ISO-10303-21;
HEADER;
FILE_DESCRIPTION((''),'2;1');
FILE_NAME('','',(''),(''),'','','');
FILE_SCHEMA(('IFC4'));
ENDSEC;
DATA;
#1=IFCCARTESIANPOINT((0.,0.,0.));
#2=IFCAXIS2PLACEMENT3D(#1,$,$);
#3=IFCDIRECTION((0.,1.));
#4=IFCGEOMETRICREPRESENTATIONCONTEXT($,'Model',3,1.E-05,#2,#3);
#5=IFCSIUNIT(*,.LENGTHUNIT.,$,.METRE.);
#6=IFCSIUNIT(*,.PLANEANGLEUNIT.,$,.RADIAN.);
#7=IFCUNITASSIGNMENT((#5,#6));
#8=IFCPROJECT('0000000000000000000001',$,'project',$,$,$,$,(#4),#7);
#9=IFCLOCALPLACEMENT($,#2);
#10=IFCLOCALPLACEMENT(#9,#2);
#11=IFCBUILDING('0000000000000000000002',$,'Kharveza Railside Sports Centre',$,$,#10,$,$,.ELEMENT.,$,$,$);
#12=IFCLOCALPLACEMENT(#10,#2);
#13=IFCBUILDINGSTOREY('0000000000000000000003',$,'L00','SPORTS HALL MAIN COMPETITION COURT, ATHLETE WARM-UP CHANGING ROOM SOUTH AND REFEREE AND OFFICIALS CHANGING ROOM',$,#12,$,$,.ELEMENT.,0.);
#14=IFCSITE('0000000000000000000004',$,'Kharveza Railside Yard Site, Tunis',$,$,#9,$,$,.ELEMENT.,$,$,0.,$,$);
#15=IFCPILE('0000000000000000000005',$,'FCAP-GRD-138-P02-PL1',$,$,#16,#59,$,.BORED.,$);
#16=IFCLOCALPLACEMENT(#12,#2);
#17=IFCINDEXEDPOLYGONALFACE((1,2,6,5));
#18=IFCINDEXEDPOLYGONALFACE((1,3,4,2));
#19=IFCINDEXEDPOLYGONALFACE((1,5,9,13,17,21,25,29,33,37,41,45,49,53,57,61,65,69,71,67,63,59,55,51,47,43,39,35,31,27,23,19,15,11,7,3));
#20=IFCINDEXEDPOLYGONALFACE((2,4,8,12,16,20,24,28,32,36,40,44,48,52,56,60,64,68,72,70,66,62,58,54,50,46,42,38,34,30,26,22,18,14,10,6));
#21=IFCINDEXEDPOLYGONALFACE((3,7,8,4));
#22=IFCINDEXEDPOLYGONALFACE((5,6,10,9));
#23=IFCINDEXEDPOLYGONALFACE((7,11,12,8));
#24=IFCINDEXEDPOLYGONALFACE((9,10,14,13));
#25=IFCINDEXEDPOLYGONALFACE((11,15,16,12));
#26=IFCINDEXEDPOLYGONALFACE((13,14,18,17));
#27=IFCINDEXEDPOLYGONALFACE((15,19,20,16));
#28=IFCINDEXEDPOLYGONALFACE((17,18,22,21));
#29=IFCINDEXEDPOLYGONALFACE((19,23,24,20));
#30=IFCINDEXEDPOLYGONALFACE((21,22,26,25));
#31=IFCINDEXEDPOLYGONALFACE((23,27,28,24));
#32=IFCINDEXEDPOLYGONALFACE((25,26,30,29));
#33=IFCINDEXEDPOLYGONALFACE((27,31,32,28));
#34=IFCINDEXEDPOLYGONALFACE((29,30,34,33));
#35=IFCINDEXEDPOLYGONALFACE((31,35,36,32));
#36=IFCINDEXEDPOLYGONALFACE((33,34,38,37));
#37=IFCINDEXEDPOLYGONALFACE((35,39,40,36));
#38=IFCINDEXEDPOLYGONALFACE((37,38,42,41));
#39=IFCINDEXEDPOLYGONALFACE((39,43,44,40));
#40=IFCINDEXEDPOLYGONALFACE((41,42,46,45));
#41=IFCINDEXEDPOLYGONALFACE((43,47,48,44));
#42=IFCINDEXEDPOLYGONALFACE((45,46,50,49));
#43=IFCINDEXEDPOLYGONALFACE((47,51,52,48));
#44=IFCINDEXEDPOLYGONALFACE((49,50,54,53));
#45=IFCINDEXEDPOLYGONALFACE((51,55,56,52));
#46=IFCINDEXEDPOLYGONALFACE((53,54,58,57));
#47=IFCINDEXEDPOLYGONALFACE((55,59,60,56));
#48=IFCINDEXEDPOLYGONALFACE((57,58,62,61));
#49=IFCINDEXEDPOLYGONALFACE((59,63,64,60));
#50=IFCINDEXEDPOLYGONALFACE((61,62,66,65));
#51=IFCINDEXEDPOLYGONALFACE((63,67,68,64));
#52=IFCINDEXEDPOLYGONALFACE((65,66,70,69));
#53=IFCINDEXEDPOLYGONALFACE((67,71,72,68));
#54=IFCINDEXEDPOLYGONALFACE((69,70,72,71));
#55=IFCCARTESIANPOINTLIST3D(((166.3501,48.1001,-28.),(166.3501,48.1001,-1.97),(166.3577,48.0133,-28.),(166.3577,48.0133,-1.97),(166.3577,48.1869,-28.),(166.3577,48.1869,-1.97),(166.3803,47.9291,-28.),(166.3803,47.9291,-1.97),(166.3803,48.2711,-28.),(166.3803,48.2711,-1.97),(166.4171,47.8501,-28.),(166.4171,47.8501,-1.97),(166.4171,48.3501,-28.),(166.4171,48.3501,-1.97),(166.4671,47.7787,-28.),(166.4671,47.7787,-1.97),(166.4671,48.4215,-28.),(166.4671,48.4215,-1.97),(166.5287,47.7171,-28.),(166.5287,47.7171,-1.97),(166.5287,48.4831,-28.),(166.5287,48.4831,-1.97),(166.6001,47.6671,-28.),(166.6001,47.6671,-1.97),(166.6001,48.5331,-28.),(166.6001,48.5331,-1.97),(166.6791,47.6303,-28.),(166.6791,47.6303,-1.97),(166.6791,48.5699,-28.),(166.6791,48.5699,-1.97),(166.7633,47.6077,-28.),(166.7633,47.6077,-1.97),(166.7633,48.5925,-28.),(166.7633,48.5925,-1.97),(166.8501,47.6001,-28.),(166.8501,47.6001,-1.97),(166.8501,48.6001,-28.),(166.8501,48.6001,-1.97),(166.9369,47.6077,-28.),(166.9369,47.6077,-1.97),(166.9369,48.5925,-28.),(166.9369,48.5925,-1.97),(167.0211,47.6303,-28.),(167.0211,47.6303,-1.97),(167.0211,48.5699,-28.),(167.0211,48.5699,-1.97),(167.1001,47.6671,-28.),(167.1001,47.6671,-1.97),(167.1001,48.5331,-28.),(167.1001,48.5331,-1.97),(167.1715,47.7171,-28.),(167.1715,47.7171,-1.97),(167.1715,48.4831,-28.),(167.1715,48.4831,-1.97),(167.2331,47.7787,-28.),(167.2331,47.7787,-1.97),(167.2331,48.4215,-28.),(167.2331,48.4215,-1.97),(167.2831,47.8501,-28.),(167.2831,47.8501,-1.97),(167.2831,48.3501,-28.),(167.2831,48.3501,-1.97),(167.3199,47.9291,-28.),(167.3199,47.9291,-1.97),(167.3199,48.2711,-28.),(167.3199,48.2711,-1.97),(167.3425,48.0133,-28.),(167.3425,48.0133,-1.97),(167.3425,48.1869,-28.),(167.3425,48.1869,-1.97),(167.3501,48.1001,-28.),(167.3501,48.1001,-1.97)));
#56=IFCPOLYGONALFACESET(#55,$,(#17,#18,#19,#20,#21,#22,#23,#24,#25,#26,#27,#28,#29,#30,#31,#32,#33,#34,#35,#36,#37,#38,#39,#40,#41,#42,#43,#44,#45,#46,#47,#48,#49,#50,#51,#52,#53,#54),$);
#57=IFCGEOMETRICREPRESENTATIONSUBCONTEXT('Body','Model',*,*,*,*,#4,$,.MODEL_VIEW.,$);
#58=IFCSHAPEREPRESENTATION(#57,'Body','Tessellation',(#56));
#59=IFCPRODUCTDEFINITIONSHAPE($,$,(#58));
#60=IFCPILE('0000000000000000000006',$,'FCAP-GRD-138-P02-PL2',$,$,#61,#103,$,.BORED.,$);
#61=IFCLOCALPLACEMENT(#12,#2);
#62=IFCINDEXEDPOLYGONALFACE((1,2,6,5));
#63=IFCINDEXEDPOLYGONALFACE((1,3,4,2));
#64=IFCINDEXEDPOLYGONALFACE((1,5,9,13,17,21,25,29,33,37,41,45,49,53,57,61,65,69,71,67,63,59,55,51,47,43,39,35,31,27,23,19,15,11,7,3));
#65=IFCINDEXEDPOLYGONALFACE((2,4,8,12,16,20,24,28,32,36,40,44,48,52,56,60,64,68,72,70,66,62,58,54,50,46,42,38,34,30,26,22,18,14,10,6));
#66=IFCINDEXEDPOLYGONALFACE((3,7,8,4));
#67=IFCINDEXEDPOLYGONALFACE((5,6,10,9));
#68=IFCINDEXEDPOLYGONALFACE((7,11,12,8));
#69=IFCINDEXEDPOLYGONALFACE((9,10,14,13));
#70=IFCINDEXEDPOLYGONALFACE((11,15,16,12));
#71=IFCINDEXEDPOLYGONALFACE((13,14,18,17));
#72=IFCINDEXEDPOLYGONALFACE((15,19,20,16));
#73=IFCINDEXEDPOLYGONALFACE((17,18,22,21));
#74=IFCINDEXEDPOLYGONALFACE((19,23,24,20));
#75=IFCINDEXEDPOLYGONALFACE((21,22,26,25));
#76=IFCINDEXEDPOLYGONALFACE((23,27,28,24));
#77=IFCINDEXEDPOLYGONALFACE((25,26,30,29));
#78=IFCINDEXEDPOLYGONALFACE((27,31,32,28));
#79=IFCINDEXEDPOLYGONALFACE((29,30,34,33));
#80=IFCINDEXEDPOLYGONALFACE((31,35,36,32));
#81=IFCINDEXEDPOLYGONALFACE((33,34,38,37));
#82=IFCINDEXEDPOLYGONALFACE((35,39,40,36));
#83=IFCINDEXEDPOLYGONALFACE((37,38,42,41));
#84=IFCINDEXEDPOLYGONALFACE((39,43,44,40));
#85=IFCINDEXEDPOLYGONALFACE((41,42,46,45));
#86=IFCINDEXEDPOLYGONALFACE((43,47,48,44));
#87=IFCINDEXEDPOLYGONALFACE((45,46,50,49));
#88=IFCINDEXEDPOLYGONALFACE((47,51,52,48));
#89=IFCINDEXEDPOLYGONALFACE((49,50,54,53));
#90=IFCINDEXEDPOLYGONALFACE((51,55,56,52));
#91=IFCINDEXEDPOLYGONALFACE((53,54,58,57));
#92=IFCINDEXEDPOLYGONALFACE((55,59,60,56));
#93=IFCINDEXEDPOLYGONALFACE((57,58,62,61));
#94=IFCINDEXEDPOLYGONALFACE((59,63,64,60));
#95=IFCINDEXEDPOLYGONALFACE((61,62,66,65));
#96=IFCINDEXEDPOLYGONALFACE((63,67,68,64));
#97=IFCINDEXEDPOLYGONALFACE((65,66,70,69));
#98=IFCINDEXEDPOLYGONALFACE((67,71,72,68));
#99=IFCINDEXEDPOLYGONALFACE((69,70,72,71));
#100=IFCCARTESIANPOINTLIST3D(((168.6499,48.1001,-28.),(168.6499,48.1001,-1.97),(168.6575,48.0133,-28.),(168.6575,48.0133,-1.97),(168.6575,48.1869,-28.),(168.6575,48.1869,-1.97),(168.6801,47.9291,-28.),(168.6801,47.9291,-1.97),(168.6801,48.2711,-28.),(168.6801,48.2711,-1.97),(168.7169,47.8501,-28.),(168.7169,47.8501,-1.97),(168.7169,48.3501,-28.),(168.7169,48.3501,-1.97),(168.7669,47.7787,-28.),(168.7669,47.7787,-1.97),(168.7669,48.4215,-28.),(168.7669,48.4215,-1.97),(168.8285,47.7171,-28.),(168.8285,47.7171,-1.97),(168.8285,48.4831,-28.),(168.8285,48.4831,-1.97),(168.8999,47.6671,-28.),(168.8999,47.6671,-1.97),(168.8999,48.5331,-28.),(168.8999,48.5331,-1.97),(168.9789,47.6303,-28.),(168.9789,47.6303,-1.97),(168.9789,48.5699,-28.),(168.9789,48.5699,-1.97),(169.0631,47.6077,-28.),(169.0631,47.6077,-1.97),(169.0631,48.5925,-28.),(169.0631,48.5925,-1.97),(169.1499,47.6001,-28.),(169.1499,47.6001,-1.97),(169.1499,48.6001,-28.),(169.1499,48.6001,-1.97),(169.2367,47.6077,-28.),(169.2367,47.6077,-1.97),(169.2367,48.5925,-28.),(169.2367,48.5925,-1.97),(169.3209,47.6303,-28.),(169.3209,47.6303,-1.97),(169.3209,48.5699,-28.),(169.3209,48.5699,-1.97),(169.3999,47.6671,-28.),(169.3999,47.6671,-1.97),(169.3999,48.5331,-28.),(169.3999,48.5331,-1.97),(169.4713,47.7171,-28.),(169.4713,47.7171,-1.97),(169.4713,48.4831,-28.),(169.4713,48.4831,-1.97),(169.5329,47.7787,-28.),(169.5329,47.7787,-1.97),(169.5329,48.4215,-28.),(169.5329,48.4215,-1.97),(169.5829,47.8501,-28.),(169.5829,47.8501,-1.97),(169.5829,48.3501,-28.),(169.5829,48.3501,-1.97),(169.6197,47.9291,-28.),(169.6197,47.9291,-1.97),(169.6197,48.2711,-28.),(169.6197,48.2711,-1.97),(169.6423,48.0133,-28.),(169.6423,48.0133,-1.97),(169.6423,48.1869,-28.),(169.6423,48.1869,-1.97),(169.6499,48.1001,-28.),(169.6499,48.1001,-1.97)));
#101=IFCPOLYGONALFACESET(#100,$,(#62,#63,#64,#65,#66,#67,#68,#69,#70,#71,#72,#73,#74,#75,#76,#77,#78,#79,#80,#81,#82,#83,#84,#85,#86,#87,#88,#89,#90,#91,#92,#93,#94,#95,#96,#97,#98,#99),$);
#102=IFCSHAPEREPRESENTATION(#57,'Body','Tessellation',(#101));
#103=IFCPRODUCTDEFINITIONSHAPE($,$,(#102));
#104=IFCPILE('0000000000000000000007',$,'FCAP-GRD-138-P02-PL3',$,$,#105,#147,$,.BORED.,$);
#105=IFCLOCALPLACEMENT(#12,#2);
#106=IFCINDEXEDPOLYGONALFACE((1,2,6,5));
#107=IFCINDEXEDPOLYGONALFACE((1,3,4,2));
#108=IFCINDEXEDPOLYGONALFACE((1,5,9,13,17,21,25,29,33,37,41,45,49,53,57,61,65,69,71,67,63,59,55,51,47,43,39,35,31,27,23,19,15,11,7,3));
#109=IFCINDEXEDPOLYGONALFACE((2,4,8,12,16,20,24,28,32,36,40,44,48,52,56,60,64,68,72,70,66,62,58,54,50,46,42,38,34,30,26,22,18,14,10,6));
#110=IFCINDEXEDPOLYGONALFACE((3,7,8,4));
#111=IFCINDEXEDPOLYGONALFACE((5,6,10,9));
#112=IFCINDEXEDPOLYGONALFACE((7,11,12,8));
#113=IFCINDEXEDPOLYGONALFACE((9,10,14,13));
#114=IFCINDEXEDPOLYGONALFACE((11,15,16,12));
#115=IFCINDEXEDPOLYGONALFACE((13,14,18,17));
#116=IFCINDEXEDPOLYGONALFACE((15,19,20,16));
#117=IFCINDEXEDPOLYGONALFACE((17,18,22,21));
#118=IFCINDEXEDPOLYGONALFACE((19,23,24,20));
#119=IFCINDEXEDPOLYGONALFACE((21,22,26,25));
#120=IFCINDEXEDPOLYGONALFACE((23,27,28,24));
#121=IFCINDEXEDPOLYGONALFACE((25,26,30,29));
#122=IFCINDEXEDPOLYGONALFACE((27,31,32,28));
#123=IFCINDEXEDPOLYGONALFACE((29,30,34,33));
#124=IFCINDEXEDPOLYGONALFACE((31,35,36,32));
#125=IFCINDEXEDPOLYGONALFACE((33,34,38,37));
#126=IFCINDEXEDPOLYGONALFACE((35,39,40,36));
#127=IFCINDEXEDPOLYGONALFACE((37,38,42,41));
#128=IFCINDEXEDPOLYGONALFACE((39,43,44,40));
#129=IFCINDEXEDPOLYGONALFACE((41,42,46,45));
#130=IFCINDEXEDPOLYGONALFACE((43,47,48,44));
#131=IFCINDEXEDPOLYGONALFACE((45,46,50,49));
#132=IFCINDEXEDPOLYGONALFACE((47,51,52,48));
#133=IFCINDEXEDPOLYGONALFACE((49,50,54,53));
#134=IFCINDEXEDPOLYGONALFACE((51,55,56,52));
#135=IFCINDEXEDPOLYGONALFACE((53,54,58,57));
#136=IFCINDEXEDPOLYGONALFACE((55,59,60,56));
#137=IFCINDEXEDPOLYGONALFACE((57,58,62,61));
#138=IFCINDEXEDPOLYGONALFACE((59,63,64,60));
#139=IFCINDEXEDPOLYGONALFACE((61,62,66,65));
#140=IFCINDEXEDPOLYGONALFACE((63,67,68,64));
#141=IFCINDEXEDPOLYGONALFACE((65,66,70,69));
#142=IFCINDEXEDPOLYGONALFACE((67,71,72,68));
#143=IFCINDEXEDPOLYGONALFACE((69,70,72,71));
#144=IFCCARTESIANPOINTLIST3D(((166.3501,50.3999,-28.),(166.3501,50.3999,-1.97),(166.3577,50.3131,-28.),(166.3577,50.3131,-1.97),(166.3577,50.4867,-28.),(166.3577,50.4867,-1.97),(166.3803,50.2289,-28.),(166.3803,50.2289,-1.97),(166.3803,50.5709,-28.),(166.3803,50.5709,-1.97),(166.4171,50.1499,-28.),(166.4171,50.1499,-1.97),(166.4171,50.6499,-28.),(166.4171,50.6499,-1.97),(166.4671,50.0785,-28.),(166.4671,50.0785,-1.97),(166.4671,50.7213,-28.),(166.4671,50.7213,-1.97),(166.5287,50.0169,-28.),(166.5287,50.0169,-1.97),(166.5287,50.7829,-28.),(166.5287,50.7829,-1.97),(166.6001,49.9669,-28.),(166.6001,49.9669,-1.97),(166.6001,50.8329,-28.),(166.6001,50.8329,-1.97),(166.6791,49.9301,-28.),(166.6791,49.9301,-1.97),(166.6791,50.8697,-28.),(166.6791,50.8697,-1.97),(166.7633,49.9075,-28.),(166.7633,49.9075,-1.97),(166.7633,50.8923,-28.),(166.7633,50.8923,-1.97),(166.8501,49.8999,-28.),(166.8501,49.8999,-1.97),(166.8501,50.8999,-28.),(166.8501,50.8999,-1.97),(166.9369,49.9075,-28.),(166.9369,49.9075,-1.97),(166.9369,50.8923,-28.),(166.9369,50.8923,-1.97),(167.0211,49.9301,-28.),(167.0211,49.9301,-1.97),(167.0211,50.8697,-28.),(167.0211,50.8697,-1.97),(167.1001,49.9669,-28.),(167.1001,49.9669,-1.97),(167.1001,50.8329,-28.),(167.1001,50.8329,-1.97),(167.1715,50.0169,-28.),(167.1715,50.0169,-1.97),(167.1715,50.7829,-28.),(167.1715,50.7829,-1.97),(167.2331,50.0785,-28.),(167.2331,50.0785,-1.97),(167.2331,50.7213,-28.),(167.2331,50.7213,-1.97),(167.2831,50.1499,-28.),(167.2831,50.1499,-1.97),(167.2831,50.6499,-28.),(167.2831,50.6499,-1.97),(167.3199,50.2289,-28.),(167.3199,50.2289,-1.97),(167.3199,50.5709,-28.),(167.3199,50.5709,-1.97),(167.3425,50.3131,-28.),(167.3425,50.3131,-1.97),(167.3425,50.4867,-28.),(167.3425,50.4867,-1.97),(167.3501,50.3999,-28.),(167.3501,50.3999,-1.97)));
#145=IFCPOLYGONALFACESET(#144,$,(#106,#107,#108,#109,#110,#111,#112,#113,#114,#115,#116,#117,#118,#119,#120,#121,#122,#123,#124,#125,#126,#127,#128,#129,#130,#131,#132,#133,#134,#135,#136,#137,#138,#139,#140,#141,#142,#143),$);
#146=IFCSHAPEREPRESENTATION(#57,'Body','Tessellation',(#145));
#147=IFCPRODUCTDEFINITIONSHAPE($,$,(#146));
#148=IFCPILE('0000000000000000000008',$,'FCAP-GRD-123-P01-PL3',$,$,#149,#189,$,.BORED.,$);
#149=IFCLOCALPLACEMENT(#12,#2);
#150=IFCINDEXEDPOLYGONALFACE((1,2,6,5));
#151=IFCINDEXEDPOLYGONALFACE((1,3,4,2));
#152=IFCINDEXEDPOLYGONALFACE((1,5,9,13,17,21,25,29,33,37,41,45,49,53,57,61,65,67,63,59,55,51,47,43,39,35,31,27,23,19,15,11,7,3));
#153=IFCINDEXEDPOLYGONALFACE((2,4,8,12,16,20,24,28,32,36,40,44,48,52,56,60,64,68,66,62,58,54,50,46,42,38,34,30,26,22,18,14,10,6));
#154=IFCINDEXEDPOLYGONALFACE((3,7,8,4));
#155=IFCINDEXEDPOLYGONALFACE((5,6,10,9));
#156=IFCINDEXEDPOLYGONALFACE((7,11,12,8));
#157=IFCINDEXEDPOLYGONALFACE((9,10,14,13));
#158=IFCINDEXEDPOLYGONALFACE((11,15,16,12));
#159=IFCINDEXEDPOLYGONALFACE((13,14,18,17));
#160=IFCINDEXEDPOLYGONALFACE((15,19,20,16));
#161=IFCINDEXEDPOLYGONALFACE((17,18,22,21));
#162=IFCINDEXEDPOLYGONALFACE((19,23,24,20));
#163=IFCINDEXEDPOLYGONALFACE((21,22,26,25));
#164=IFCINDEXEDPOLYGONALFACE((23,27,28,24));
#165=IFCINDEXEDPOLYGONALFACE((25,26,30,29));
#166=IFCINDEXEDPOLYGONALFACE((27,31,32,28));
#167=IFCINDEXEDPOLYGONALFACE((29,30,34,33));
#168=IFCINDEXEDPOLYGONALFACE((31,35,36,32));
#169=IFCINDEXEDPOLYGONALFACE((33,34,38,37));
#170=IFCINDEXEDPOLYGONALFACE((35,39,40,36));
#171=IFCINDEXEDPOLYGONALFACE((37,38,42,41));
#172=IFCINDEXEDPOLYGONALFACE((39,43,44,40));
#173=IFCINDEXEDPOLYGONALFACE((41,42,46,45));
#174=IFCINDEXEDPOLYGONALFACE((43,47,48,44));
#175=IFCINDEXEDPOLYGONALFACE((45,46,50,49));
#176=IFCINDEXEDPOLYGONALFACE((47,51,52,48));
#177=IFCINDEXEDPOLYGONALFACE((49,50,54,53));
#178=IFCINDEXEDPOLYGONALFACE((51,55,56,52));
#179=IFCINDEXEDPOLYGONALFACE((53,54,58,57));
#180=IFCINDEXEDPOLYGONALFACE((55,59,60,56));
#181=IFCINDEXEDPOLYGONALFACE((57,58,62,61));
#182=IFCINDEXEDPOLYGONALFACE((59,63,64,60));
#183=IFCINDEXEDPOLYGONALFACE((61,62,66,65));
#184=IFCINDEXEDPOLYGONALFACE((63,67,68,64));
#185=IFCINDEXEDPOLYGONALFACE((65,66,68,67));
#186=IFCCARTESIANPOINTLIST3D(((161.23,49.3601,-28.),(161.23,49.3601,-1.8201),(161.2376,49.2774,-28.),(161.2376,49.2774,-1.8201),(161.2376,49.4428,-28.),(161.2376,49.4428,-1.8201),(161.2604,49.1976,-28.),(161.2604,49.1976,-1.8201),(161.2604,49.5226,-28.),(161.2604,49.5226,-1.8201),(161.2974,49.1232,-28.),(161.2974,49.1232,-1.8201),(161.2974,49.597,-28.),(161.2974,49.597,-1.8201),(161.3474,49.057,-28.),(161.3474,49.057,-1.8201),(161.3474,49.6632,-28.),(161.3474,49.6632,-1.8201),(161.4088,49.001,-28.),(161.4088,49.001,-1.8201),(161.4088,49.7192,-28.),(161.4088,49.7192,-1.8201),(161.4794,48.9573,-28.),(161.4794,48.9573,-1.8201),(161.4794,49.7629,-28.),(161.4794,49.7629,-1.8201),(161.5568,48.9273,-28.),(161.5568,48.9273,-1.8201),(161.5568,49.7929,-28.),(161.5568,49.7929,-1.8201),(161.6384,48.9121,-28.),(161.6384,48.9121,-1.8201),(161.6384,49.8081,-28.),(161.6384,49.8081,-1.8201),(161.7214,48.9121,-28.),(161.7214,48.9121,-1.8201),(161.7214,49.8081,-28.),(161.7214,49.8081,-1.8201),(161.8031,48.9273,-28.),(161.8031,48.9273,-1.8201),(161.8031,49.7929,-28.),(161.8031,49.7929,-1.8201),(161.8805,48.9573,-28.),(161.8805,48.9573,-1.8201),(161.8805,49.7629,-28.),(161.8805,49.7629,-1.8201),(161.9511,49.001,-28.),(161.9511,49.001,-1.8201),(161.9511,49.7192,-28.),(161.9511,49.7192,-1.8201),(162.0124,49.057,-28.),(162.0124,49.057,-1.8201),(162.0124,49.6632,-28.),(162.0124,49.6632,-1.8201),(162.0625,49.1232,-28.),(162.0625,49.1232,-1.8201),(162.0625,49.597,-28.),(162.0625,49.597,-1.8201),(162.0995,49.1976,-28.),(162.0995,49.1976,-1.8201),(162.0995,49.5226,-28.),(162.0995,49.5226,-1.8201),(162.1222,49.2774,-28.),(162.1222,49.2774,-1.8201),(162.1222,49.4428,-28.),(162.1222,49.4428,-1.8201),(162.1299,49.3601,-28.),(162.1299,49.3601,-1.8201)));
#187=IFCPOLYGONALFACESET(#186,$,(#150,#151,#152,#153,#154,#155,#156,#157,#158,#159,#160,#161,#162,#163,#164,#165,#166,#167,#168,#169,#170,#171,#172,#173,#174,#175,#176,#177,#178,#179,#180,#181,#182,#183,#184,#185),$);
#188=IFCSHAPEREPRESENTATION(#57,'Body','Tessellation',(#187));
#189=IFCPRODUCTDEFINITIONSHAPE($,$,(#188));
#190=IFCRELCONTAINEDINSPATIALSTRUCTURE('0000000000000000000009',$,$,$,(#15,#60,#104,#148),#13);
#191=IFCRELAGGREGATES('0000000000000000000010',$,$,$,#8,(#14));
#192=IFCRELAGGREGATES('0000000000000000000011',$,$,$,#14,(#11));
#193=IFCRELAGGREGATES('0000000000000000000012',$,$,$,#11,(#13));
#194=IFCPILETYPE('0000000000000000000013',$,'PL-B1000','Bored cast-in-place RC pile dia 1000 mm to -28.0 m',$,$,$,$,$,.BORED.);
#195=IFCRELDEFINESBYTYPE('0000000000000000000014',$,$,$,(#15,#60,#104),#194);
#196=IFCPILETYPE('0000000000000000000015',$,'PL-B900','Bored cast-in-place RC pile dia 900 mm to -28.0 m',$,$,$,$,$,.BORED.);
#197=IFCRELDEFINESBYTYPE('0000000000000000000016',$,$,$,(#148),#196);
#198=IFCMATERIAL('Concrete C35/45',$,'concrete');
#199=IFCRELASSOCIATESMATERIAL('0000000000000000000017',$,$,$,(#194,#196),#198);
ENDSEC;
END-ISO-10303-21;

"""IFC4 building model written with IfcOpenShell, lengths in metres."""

from ifc_helpers import new_model, si_unit, direction, frame, origin, origin_2d, place, context, subcontext, project, spatial, circle, extrude, material, material_profile, profile_set, type_object, element, save


model = new_model("IFC4")

# Units and contexts
model_context = context("Model", 3, precision=1e-05, world=origin(), true_north=direction((0.0, 1.0)))
body_context = subcontext(model_context, "Body", "Model", "MODEL_VIEW")
ifc_project = project(units=[si_unit("LENGTHUNIT", "METRE"), si_unit("PLANEANGLEUNIT", "RADIAN")], contexts=[model_context])

# Site, building, storey
site_placement = place(None, origin())
site = spatial("IfcSite", under=ifc_project, at=site_placement, Name="Kharveza Railside Yard Site, Tunis", CompositionType="ELEMENT", RefElevation=0.0)
building_placement = place(site_placement, origin())
building = spatial("IfcBuilding", under=site, at=building_placement, Name="Kharveza Railside Sports Centre", CompositionType="ELEMENT")
storey_placement = place(building_placement, origin())
storey = spatial("IfcBuildingStorey", under=building, at=storey_placement, Name="L00", Description="SPORTS HALL MAIN COMPETITION COURT, ATHLETE WARM-UP CHANGING ROOM SOUTH AND REFEREE AND OFFICIALS CHANGING ROOM", CompositionType="ELEMENT", Elevation=0.0)

# Shared definitions
ifc_material_1 = material(Name="Concrete C35/45", Category="concrete")

# Piles
ifc_material_profile_1 = material_profile(ifc_material_1, circle(Radius=0.5, at=origin_2d()), Name="PILE D1000")
ifc_profile_set_1 = profile_set([ifc_material_profile_1], Name="Concrete C35/45")
pile_type_1 = type_object("IfcPileType", Name="PL-B1000", Description="Bored cast-in-place RC pile dia 1000 mm to -28.0 m", PredefinedType="BORED", material=ifc_profile_set_1)
for number, where, z_axis, x_axis, name in (
    (1, (166.8501, 48.1001, -1.97), (0.0, 0.0, -1.0), (1.0, 0.0, 0.0), "FCAP-GRD-138-P02-PL1"),
    (2, (169.1499, 48.1001, -1.97), (0.0, 0.0, -1.0), (1.0, 0.0, 0.0), "FCAP-GRD-138-P02-PL2"),
    (3, (166.8501, 50.3999, -1.97), (0.0, 0.0, -1.0), (1.0, 0.0, 0.0), "FCAP-GRD-138-P02-PL3"),
):
    element("IfcPile", number, at=place(storey_placement, frame(where, z_axis=z_axis, x_axis=x_axis)), inside=storey, type_object=pile_type_1, Name=name, PredefinedType="BORED", context=body_context, shape_type="SweptSolid", body=[
        extrude(circle(Radius=0.5, at=origin_2d()), origin(), (0.0, 0.0, 1.0), 26.03),
    ])
ifc_material_profile_2 = material_profile(ifc_material_1, circle(Radius=0.45, at=origin_2d()), Name="PILE D900")
ifc_profile_set_2 = profile_set([ifc_material_profile_2], Name="Concrete C35/45")
pile_type_2 = type_object("IfcPileType", Name="PL-B900", Description="Bored cast-in-place RC pile dia 900 mm to -28.0 m", PredefinedType="BORED", material=ifc_profile_set_2)
for number, where, z_axis, x_axis, name in (
    (4, (161.6799, 49.3601, -1.8201), (0.0, 0.0, -1.0), (1.0, 0.0, 0.0), "FCAP-GRD-123-P01-PL3"),
):
    element("IfcPile", number, at=place(storey_placement, frame(where, z_axis=z_axis, x_axis=x_axis)), inside=storey, type_object=pile_type_2, Name=name, PredefinedType="BORED", context=body_context, shape_type="SweptSolid", body=[
        extrude(circle(Radius=0.45, at=origin_2d()), origin(), (0.0, 0.0, 1.0), 26.1799),
    ])

save(model, "model.ifc")
